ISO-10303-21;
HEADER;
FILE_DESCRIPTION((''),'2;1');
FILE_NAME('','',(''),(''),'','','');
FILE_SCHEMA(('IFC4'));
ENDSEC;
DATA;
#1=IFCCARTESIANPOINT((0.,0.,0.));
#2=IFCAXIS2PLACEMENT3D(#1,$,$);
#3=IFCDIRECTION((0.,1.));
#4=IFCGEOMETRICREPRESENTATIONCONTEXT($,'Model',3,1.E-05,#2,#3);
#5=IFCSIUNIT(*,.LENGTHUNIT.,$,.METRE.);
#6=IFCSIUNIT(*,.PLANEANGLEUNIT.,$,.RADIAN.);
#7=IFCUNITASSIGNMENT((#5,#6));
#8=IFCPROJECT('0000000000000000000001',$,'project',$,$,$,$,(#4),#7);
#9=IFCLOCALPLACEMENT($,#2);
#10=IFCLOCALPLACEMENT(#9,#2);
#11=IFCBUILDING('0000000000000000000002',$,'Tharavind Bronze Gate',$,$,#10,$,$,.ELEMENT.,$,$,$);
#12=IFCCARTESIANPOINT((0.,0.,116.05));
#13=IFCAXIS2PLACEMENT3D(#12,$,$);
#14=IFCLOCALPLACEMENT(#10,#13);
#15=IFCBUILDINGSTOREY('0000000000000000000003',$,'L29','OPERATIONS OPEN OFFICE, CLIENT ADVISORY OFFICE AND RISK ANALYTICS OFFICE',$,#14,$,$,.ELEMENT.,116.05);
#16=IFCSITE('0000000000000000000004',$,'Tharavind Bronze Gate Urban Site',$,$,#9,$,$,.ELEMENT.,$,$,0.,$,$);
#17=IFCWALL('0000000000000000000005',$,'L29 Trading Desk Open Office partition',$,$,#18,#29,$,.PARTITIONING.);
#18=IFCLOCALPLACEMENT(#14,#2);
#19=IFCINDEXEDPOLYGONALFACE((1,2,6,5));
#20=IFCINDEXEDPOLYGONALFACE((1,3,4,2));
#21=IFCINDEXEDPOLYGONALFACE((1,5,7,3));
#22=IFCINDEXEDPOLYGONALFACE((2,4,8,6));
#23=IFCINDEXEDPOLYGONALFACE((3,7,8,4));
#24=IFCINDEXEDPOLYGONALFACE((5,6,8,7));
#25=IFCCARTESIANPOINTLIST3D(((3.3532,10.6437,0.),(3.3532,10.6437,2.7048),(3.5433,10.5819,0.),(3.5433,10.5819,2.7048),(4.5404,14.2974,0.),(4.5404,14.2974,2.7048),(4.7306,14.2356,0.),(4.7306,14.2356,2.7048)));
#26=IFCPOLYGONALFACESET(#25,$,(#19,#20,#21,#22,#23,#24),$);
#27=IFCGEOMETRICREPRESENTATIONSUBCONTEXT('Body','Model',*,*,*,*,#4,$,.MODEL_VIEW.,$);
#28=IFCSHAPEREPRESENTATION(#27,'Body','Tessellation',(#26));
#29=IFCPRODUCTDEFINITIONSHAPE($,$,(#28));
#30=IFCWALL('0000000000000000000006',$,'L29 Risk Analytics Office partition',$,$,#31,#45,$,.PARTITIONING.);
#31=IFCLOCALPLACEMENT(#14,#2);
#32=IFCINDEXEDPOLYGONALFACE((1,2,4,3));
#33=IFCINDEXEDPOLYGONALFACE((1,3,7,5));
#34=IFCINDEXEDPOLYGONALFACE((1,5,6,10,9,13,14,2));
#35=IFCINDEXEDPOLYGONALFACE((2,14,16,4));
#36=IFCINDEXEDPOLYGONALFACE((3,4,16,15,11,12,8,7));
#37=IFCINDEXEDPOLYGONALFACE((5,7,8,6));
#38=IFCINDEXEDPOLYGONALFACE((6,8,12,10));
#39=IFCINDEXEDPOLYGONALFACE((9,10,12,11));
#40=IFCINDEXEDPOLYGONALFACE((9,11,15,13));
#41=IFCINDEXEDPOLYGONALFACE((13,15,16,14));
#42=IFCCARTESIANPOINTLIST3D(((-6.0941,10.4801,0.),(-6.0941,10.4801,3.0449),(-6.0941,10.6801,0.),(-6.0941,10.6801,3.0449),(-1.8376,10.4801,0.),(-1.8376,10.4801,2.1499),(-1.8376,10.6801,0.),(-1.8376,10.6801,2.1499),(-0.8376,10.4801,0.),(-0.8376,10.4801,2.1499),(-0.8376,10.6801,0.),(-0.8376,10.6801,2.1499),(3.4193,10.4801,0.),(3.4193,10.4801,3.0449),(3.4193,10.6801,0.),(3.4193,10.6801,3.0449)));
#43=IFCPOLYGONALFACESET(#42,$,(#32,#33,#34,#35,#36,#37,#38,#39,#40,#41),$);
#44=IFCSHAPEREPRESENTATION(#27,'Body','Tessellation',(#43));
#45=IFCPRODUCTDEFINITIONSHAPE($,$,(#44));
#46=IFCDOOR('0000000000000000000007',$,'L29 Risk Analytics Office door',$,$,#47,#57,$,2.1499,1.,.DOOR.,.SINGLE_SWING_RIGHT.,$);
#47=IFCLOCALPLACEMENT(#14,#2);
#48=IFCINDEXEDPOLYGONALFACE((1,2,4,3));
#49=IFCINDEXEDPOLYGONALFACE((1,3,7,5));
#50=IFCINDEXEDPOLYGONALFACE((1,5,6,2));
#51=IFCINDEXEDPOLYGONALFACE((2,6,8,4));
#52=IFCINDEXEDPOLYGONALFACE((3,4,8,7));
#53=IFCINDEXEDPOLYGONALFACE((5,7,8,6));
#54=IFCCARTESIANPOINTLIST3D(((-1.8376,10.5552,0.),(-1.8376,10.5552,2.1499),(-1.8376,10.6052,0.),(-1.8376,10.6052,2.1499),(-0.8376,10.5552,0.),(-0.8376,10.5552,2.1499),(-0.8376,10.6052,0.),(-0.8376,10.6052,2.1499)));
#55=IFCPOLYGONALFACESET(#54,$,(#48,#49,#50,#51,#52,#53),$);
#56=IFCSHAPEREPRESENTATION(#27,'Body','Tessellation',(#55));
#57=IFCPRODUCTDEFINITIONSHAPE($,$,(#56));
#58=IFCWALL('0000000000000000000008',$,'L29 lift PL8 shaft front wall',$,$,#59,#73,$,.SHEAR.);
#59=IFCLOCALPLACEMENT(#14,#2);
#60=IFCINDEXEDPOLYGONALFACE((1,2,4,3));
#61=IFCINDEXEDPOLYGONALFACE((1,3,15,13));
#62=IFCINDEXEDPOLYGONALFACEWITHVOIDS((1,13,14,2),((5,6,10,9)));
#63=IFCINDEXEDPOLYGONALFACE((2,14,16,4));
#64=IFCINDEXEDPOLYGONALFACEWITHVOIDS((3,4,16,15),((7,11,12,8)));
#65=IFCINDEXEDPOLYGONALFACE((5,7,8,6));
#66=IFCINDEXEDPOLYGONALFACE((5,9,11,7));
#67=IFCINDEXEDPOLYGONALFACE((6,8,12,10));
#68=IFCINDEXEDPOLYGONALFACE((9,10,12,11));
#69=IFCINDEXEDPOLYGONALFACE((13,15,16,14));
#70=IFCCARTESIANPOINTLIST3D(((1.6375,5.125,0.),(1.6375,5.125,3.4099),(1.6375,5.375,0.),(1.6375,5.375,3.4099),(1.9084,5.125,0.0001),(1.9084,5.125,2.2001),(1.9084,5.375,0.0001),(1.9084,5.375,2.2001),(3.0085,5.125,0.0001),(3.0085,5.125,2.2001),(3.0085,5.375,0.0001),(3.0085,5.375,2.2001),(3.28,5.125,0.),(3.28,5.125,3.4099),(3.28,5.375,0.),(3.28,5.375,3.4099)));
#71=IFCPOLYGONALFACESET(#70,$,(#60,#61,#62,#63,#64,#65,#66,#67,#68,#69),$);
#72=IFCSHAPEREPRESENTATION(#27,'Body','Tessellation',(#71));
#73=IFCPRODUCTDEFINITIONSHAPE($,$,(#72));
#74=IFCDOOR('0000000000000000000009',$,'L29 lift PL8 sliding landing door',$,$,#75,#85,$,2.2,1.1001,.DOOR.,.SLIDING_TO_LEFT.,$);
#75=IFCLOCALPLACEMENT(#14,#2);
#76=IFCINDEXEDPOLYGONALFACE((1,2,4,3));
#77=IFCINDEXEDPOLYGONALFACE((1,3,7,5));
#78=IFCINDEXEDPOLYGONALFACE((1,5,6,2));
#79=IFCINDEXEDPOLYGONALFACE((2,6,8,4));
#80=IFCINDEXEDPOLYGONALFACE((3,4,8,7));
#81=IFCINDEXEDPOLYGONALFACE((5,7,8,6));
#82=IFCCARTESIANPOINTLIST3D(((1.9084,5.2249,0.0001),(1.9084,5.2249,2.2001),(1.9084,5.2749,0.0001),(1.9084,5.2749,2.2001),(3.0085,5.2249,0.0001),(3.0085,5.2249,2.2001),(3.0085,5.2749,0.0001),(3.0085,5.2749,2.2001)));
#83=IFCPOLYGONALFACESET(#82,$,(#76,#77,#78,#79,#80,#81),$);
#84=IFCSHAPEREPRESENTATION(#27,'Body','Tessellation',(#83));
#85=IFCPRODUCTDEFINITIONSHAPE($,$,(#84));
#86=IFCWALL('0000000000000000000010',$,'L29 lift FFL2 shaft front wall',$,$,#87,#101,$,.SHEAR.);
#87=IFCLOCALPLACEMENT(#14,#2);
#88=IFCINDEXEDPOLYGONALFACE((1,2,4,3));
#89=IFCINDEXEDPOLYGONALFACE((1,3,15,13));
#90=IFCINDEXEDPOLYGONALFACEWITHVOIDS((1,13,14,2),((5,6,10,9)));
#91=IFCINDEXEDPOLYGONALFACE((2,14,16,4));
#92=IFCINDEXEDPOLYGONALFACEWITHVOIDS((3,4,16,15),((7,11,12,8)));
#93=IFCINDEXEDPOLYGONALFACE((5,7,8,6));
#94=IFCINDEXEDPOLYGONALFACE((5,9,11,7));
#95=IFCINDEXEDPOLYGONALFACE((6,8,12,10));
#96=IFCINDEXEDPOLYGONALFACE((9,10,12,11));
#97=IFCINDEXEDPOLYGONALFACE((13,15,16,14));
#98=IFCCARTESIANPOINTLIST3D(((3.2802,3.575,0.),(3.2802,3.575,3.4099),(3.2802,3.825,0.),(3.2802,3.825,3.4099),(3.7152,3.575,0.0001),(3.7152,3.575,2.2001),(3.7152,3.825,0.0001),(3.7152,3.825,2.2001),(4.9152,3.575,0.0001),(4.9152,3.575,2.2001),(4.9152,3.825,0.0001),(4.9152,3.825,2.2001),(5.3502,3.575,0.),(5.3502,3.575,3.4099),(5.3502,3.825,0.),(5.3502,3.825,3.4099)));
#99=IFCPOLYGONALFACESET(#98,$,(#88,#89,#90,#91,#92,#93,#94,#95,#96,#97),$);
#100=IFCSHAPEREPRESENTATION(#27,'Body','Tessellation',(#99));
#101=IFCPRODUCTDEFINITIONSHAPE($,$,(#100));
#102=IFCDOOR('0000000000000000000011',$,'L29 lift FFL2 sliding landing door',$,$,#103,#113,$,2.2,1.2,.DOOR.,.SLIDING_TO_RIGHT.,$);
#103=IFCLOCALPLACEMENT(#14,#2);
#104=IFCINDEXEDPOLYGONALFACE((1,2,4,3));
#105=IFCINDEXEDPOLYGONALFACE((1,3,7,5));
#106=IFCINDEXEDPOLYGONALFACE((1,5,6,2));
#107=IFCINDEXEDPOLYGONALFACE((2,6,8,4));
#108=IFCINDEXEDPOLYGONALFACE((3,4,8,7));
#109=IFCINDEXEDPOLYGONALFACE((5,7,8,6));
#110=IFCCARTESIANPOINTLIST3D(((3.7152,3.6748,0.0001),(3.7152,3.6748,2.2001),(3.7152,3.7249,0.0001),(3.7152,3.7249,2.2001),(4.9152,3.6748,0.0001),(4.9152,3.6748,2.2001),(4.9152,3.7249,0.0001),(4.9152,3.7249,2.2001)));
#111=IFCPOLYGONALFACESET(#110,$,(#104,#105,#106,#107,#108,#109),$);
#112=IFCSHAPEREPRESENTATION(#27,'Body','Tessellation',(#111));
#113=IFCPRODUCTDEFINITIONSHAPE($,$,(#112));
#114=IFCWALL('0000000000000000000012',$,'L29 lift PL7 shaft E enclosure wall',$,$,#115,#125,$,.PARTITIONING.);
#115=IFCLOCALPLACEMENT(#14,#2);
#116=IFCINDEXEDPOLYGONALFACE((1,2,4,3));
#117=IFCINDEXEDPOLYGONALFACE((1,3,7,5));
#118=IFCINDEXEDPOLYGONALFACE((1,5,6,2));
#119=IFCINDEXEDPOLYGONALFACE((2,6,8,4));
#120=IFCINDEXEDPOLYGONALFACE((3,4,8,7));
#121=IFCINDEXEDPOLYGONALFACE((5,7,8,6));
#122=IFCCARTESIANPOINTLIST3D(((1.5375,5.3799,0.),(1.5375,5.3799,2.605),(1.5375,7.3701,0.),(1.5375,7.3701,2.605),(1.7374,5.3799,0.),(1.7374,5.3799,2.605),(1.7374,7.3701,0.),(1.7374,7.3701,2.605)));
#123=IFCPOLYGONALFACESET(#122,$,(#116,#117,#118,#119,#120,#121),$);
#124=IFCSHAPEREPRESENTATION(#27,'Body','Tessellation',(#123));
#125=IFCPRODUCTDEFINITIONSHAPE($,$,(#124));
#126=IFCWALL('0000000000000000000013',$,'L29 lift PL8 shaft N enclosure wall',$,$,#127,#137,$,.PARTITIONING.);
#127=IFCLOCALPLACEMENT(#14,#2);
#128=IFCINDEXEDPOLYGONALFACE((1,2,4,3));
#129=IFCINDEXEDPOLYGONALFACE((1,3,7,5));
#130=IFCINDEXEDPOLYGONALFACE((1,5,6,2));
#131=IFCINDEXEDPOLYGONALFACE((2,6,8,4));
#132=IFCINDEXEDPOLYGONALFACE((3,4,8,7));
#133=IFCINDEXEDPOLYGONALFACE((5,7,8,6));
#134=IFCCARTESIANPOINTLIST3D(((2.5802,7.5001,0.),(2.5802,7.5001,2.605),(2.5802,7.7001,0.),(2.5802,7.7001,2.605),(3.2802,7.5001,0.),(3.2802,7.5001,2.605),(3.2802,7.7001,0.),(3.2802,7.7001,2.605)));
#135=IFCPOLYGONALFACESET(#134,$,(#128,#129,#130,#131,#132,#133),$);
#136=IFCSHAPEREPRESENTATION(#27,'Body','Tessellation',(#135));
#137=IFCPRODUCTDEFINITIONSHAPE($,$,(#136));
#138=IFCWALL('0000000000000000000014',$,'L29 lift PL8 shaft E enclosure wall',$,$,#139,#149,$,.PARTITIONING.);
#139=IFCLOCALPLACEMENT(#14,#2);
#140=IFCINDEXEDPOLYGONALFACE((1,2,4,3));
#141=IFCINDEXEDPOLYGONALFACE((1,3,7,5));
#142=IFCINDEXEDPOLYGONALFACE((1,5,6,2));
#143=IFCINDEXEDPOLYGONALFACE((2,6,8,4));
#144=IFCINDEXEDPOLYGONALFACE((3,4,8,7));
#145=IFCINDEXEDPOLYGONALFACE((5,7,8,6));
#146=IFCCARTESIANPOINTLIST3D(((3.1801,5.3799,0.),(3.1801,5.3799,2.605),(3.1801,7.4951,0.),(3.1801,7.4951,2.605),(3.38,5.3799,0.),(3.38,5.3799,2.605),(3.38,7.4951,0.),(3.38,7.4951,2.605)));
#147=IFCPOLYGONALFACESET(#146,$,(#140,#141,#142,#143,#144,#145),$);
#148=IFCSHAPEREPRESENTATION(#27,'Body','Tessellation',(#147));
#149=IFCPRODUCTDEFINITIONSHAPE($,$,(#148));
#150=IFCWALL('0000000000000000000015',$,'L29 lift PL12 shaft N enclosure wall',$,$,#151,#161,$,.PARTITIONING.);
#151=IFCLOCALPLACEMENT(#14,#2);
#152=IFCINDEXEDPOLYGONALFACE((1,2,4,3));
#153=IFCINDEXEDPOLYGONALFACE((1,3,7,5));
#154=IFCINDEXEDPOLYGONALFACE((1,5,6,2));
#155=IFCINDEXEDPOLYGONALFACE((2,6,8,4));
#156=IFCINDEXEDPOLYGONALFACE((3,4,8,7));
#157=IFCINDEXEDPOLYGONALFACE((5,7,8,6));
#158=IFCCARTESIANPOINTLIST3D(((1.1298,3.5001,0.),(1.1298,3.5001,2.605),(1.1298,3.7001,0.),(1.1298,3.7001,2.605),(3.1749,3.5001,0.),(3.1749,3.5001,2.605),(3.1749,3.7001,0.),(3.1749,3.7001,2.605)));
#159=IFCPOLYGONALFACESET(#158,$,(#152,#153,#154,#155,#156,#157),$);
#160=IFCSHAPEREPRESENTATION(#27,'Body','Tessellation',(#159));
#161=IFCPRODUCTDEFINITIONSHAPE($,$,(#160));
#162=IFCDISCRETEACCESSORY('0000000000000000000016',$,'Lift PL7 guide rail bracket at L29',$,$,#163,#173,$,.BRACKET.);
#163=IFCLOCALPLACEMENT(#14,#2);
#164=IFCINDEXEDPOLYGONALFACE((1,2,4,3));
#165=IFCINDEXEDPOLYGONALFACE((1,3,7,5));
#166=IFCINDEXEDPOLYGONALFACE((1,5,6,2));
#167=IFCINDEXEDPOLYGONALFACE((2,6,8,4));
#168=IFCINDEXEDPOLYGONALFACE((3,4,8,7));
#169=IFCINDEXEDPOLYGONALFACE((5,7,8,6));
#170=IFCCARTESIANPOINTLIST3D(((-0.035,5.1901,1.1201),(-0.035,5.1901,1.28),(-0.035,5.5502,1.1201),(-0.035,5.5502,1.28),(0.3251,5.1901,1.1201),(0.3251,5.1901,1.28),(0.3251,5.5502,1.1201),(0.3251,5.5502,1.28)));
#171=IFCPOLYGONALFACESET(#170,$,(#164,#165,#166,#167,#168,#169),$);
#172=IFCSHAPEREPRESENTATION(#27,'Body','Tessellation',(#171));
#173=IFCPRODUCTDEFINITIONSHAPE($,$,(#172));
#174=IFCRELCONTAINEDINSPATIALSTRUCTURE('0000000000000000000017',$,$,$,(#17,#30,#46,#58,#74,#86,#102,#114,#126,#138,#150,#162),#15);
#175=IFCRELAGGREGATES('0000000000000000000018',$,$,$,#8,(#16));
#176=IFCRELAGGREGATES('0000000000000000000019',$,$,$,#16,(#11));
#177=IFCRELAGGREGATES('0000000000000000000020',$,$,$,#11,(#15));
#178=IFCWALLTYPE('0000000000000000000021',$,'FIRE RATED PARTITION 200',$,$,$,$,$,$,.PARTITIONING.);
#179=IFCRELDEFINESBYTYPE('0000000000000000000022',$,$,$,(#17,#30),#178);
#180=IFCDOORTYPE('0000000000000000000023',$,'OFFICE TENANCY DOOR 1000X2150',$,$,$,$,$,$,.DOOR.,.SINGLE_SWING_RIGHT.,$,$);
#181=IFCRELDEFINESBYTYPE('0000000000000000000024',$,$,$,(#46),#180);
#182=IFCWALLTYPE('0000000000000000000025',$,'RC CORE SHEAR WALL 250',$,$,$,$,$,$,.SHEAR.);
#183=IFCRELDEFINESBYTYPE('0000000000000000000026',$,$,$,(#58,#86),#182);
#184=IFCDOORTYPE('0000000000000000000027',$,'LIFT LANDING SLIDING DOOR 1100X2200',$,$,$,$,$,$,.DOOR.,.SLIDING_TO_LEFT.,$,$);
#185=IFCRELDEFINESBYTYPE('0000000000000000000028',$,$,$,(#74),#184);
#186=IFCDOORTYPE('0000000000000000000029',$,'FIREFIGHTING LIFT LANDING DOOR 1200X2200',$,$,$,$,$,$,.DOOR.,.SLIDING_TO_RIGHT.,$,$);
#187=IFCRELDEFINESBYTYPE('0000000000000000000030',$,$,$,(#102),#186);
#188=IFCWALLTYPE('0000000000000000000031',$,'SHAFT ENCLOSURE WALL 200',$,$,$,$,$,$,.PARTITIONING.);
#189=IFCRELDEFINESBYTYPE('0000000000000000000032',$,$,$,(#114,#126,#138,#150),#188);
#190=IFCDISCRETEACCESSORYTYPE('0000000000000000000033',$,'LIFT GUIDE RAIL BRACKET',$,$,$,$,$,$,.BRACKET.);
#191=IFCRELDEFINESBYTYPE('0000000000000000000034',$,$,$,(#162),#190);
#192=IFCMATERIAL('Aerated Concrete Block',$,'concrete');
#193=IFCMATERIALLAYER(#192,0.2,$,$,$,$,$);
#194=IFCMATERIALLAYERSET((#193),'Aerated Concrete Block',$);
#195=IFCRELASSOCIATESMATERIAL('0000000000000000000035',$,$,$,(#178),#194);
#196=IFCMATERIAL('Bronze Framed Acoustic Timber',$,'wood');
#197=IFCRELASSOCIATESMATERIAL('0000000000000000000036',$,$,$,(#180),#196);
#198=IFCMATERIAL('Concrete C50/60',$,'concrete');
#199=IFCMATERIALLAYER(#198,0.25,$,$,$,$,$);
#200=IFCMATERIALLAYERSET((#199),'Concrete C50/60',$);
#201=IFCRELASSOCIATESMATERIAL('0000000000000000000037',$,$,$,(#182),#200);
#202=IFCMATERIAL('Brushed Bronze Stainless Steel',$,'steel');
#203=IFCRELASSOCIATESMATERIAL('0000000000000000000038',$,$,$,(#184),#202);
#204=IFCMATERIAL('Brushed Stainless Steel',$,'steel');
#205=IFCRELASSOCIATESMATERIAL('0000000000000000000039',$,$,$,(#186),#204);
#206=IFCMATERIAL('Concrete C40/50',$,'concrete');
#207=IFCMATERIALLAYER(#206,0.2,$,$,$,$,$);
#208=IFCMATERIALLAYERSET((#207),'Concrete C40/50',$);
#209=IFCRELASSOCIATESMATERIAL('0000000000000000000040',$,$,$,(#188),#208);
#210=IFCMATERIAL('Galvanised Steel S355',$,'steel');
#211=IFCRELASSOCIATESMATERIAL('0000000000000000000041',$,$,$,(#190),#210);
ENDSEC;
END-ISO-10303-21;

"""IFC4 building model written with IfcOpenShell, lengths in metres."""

from ifc_helpers import new_model, si_unit, direction, frame, frame_2d, origin, origin_2d, place, context, subcontext, project, spatial, rectangle, extrude, material, layer, layer_set, type_object, element, fill, save


model = new_model("IFC4")

# Units and contexts
model_context = context("Model", 3, precision=1e-05, world=origin(), true_north=direction((0.0, 1.0)))
body_context = subcontext(model_context, "Body", "Model", "MODEL_VIEW")
ifc_project = project(units=[si_unit("LENGTHUNIT", "METRE"), si_unit("PLANEANGLEUNIT", "RADIAN")], contexts=[model_context])

# Site, building, storey
site_placement = place(None, origin())
site = spatial("IfcSite", under=ifc_project, at=site_placement, Name="Tharavind Bronze Gate Urban Site", CompositionType="ELEMENT", RefElevation=0.0)
building_placement = place(site_placement, origin())
building = spatial("IfcBuilding", under=site, at=building_placement, Name="Tharavind Bronze Gate", CompositionType="ELEMENT")
storey_placement = place(building_placement, frame((0.0, 0.0, 116.05)))
storey = spatial("IfcBuildingStorey", under=building, at=storey_placement, Name="L29", Description="OPERATIONS OPEN OFFICE, CLIENT ADVISORY OFFICE AND RISK ANALYTICS OFFICE", CompositionType="ELEMENT", Elevation=116.05)

# Wall
ifc_material_1 = material(Name="Aerated Concrete Block", Category="concrete")
ifc_layer_1 = layer(ifc_material_1, 0.2)
ifc_layer_set_1 = layer_set([ifc_layer_1], Name="Aerated Concrete Block")
wall_type_1 = type_object("IfcWallType", Name="FIRE RATED PARTITION 200", PredefinedType="PARTITIONING", material=ifc_layer_set_1)
wall_1_placement = place(storey_placement, frame((3.4482, 10.6128, 0.0), z_axis=(0.0, 0.0, 1.0), x_axis=(0.309031, 0.951052, 0.0)))
element("IfcWall", 1, at=wall_1_placement, inside=storey, type_object=wall_type_1, Name="L29 Trading Desk Open Office partition", PredefinedType="PARTITIONING", context=body_context, shape_type="SweptSolid", body=[
    extrude(rectangle(XDim=3.8418, YDim=0.2, at=frame_2d((1.9209, 0.0))), origin(), (0.0, 0.0, 1.0), 2.7048),
])

# Walls, openings, doors
wall_2_placement = place(storey_placement, frame((3.4194, 10.5801, 0.0), z_axis=(0.0, 0.0, 1.0), x_axis=(-1.0, 0.0, 0.0)))
wall_2 = element("IfcWall", 2, at=wall_2_placement, inside=storey, type_object=wall_type_1, Name="L29 Risk Analytics Office partition", PredefinedType="PARTITIONING", context=body_context, shape_type="SweptSolid", body=[
    extrude(rectangle(XDim=9.5134, YDim=0.2, at=frame_2d((4.7568, 0.0))), origin(), (0.0, 0.0, 1.0), 3.0449),
])
opening_1_placement = place(wall_2_placement, frame((4.2571, 0.0, 0.0)))
opening_1 = element("IfcOpeningElement", 3, at=opening_1_placement, cuts=wall_2, PredefinedType="OPENING", context=body_context, shape_type="SweptSolid", body=[
    extrude(rectangle(XDim=1.0, YDim=2.1499, at=frame_2d((0.5, 1.075))), frame((0.0, 0.1101, 0.0), z_axis=(0.0, -1.0, 0.0), x_axis=(1.0, 0.0, 0.0)), (0.0, 0.0, 1.0), 0.22),
])
ifc_material_2 = material(Name="Bronze Framed Acoustic Timber", Category="wood")
door_type_1 = type_object("IfcDoorType", Name="OFFICE TENANCY DOOR 1000X2150", OperationType="SINGLE_SWING_RIGHT", PredefinedType="DOOR", material=ifc_material_2)
door_1_placement = place(opening_1_placement, origin())
door_1 = element("IfcDoor", 4, at=door_1_placement, inside=storey, type_object=door_type_1, Name="L29 Risk Analytics Office door", OperationType="SINGLE_SWING_RIGHT", OverallHeight=2.1499, OverallWidth=1.0, PredefinedType="DOOR", context=body_context, shape_type="SweptSolid", body=[
    extrude(rectangle(XDim=1.0, YDim=2.1499, at=frame_2d((0.5, 1.075))), frame((0.0, 0.0249, 0.0), z_axis=(0.0, -1.0, 0.0), x_axis=(1.0, 0.0, 0.0)), (0.0, 0.0, 1.0), 0.05),
])
fill(opening_1, door_1)
ifc_material_3 = material(Name="Concrete C50/60", Category="concrete")
ifc_layer_2 = layer(ifc_material_3, 0.25)
ifc_layer_set_2 = layer_set([ifc_layer_2], Name="Concrete C50/60")
wall_type_2 = type_object("IfcWallType", Name="RC CORE SHEAR WALL 250", PredefinedType="SHEAR", material=ifc_layer_set_2)
wall_3_placement = place(storey_placement, frame((1.6375, 5.25, 0.0), z_axis=(0.0, 0.0, 1.0), x_axis=(1.0, 0.0, 0.0)))
wall_3 = element("IfcWall", 5, at=wall_3_placement, inside=storey, type_object=wall_type_2, Name="L29 lift PL8 shaft front wall", PredefinedType="SHEAR", context=body_context, shape_type="SweptSolid", body=[
    extrude(rectangle(XDim=1.6426, YDim=0.25, at=frame_2d((0.8213, 0.0))), origin(), (0.0, 0.0, 1.0), 3.4099),
])
opening_2_placement = place(wall_3_placement, frame((0.271, 0.0, 0.0)))
opening_2 = element("IfcOpeningElement", 6, at=opening_2_placement, cuts=wall_3, PredefinedType="OPENING", context=body_context, shape_type="SweptSolid", body=[
    extrude(rectangle(XDim=1.1001, YDim=2.2, at=frame_2d((0.55, 1.1001))), frame((0.0, 0.135, 0.0), z_axis=(0.0, -1.0, 0.0), x_axis=(1.0, 0.0, 0.0)), (0.0, 0.0, 1.0), 0.27),
])
ifc_material_4 = material(Name="Brushed Bronze Stainless Steel", Category="steel")
door_type_2 = type_object("IfcDoorType", Name="LIFT LANDING SLIDING DOOR 1100X2200", OperationType="SLIDING_TO_LEFT", PredefinedType="DOOR", material=ifc_material_4)
door_2_placement = place(opening_2_placement, origin())
door_2 = element("IfcDoor", 7, at=door_2_placement, inside=storey, type_object=door_type_2, Name="L29 lift PL8 sliding landing door", OperationType="SLIDING_TO_LEFT", OverallHeight=2.2, OverallWidth=1.1001, PredefinedType="DOOR", context=body_context, shape_type="SweptSolid", body=[
    extrude(rectangle(XDim=1.1001, YDim=2.2, at=frame_2d((0.55, 1.1001))), frame((0.0, 0.0249, 0.0), z_axis=(0.0, -1.0, 0.0), x_axis=(1.0, 0.0, 0.0)), (0.0, 0.0, 1.0), 0.05),
])
fill(opening_2, door_2)
wall_4_placement = place(storey_placement, frame((3.28, 3.7, 0.0), z_axis=(0.0, 0.0, 1.0), x_axis=(1.0, 0.0, 0.0)))
wall_4 = element("IfcWall", 8, at=wall_4_placement, inside=storey, type_object=wall_type_2, Name="L29 lift FFL2 shaft front wall", PredefinedType="SHEAR", context=body_context, shape_type="SweptSolid", body=[
    extrude(rectangle(XDim=2.0701, YDim=0.25, at=frame_2d((1.0352, 0.0))), origin(), (0.0, 0.0, 1.0), 3.4099),
])
opening_3_placement = place(wall_4_placement, frame((0.4351, 0.0, 0.0)))
opening_3 = element("IfcOpeningElement", 9, at=opening_3_placement, cuts=wall_4, PredefinedType="OPENING", context=body_context, shape_type="SweptSolid", body=[
    extrude(rectangle(XDim=1.2, YDim=2.2, at=frame_2d((0.6001, 1.1001))), frame((0.0, 0.135, 0.0), z_axis=(0.0, -1.0, 0.0), x_axis=(1.0, 0.0, 0.0)), (0.0, 0.0, 1.0), 0.27),
])
ifc_material_5 = material(Name="Brushed Stainless Steel", Category="steel")
door_type_3 = type_object("IfcDoorType", Name="FIREFIGHTING LIFT LANDING DOOR 1200X2200", OperationType="SLIDING_TO_RIGHT", PredefinedType="DOOR", material=ifc_material_5)
door_3_placement = place(opening_3_placement, origin())
door_3 = element("IfcDoor", 10, at=door_3_placement, inside=storey, type_object=door_type_3, Name="L29 lift FFL2 sliding landing door", OperationType="SLIDING_TO_RIGHT", OverallHeight=2.2, OverallWidth=1.2, PredefinedType="DOOR", context=body_context, shape_type="SweptSolid", body=[
    extrude(rectangle(XDim=1.2, YDim=2.2, at=frame_2d((0.6001, 1.1001))), frame((0.0, 0.0249, 0.0), z_axis=(0.0, -1.0, 0.0), x_axis=(1.0, 0.0, 0.0)), (0.0, 0.0, 1.0), 0.05),
])
fill(opening_3, door_3)

# Walls
ifc_material_6 = material(Name="Concrete C40/50", Category="concrete")
ifc_layer_3 = layer(ifc_material_6, 0.2)
ifc_layer_set_3 = layer_set([ifc_layer_3], Name="Concrete C40/50")
wall_type_3 = type_object("IfcWallType", Name="SHAFT ENCLOSURE WALL 200", PredefinedType="PARTITIONING", material=ifc_layer_set_3)
wall_5_placement = place(storey_placement, frame((1.6375, 5.3799, 0.0), z_axis=(0.0, 0.0, 1.0), x_axis=(0.0, 1.0, 0.0)))
element("IfcWall", 11, at=wall_5_placement, inside=storey, type_object=wall_type_3, Name="L29 lift PL7 shaft E enclosure wall", PredefinedType="PARTITIONING", context=body_context, shape_type="SweptSolid", body=[
    extrude(rectangle(XDim=1.9902, YDim=0.2, at=frame_2d((0.9951, 0.0))), origin(), (0.0, 0.0, 1.0), 2.605),
])
wall_6_placement = place(storey_placement, frame((2.5801, 7.6001, 0.0), z_axis=(0.0, 0.0, 1.0), x_axis=(1.0, 0.0, 0.0)))
element("IfcWall", 12, at=wall_6_placement, inside=storey, type_object=wall_type_3, Name="L29 lift PL8 shaft N enclosure wall", PredefinedType="PARTITIONING", context=body_context, shape_type="SweptSolid", body=[
    extrude(rectangle(XDim=0.7, YDim=0.2, at=frame_2d((0.3501, 0.0))), origin(), (0.0, 0.0, 1.0), 2.605),
])
wall_7_placement = place(storey_placement, frame((3.28, 5.3799, 0.0), z_axis=(0.0, 0.0, 1.0), x_axis=(0.0, 1.0, 0.0)))
element("IfcWall", 13, at=wall_7_placement, inside=storey, type_object=wall_type_3, Name="L29 lift PL8 shaft E enclosure wall", PredefinedType="PARTITIONING", context=body_context, shape_type="SweptSolid", body=[
    extrude(rectangle(XDim=2.1152, YDim=0.2, at=frame_2d((1.0576, 0.0))), origin(), (0.0, 0.0, 1.0), 2.605),
])
wall_8_placement = place(storey_placement, frame((1.1299, 3.6001, 0.0), z_axis=(0.0, 0.0, 1.0), x_axis=(1.0, 0.0, 0.0)))
element("IfcWall", 14, at=wall_8_placement, inside=storey, type_object=wall_type_3, Name="L29 lift PL12 shaft N enclosure wall", PredefinedType="PARTITIONING", context=body_context, shape_type="SweptSolid", body=[
    extrude(rectangle(XDim=2.0452, YDim=0.2, at=frame_2d((1.0225, 0.0))), origin(), (0.0, 0.0, 1.0), 2.605),
])

# Discrete accessory
ifc_material_7 = material(Name="Galvanised Steel S355", Category="steel")
discrete_accessory_type = type_object("IfcDiscreteAccessoryType", Name="LIFT GUIDE RAIL BRACKET", PredefinedType="BRACKET", material=ifc_material_7)
for number, where, z_axis, x_axis, name in (
    (15, (0.145, 5.3701, 1.1201), (0.0, 0.0, 1.0), (1.0, 0.0, 0.0), "Lift PL7 guide rail bracket at L29"),
):
    element("IfcDiscreteAccessory", number, at=place(storey_placement, frame(where, z_axis=z_axis, x_axis=x_axis)), inside=storey, type_object=discrete_accessory_type, Name=name, PredefinedType="BRACKET", context=body_context, shape_type="SweptSolid", body=[
        extrude(rectangle(XDim=0.3601, YDim=0.3601, at=origin_2d()), origin(), (0.0, 0.0, 1.0), 0.1599),
    ])

save(model, "model.ifc")
